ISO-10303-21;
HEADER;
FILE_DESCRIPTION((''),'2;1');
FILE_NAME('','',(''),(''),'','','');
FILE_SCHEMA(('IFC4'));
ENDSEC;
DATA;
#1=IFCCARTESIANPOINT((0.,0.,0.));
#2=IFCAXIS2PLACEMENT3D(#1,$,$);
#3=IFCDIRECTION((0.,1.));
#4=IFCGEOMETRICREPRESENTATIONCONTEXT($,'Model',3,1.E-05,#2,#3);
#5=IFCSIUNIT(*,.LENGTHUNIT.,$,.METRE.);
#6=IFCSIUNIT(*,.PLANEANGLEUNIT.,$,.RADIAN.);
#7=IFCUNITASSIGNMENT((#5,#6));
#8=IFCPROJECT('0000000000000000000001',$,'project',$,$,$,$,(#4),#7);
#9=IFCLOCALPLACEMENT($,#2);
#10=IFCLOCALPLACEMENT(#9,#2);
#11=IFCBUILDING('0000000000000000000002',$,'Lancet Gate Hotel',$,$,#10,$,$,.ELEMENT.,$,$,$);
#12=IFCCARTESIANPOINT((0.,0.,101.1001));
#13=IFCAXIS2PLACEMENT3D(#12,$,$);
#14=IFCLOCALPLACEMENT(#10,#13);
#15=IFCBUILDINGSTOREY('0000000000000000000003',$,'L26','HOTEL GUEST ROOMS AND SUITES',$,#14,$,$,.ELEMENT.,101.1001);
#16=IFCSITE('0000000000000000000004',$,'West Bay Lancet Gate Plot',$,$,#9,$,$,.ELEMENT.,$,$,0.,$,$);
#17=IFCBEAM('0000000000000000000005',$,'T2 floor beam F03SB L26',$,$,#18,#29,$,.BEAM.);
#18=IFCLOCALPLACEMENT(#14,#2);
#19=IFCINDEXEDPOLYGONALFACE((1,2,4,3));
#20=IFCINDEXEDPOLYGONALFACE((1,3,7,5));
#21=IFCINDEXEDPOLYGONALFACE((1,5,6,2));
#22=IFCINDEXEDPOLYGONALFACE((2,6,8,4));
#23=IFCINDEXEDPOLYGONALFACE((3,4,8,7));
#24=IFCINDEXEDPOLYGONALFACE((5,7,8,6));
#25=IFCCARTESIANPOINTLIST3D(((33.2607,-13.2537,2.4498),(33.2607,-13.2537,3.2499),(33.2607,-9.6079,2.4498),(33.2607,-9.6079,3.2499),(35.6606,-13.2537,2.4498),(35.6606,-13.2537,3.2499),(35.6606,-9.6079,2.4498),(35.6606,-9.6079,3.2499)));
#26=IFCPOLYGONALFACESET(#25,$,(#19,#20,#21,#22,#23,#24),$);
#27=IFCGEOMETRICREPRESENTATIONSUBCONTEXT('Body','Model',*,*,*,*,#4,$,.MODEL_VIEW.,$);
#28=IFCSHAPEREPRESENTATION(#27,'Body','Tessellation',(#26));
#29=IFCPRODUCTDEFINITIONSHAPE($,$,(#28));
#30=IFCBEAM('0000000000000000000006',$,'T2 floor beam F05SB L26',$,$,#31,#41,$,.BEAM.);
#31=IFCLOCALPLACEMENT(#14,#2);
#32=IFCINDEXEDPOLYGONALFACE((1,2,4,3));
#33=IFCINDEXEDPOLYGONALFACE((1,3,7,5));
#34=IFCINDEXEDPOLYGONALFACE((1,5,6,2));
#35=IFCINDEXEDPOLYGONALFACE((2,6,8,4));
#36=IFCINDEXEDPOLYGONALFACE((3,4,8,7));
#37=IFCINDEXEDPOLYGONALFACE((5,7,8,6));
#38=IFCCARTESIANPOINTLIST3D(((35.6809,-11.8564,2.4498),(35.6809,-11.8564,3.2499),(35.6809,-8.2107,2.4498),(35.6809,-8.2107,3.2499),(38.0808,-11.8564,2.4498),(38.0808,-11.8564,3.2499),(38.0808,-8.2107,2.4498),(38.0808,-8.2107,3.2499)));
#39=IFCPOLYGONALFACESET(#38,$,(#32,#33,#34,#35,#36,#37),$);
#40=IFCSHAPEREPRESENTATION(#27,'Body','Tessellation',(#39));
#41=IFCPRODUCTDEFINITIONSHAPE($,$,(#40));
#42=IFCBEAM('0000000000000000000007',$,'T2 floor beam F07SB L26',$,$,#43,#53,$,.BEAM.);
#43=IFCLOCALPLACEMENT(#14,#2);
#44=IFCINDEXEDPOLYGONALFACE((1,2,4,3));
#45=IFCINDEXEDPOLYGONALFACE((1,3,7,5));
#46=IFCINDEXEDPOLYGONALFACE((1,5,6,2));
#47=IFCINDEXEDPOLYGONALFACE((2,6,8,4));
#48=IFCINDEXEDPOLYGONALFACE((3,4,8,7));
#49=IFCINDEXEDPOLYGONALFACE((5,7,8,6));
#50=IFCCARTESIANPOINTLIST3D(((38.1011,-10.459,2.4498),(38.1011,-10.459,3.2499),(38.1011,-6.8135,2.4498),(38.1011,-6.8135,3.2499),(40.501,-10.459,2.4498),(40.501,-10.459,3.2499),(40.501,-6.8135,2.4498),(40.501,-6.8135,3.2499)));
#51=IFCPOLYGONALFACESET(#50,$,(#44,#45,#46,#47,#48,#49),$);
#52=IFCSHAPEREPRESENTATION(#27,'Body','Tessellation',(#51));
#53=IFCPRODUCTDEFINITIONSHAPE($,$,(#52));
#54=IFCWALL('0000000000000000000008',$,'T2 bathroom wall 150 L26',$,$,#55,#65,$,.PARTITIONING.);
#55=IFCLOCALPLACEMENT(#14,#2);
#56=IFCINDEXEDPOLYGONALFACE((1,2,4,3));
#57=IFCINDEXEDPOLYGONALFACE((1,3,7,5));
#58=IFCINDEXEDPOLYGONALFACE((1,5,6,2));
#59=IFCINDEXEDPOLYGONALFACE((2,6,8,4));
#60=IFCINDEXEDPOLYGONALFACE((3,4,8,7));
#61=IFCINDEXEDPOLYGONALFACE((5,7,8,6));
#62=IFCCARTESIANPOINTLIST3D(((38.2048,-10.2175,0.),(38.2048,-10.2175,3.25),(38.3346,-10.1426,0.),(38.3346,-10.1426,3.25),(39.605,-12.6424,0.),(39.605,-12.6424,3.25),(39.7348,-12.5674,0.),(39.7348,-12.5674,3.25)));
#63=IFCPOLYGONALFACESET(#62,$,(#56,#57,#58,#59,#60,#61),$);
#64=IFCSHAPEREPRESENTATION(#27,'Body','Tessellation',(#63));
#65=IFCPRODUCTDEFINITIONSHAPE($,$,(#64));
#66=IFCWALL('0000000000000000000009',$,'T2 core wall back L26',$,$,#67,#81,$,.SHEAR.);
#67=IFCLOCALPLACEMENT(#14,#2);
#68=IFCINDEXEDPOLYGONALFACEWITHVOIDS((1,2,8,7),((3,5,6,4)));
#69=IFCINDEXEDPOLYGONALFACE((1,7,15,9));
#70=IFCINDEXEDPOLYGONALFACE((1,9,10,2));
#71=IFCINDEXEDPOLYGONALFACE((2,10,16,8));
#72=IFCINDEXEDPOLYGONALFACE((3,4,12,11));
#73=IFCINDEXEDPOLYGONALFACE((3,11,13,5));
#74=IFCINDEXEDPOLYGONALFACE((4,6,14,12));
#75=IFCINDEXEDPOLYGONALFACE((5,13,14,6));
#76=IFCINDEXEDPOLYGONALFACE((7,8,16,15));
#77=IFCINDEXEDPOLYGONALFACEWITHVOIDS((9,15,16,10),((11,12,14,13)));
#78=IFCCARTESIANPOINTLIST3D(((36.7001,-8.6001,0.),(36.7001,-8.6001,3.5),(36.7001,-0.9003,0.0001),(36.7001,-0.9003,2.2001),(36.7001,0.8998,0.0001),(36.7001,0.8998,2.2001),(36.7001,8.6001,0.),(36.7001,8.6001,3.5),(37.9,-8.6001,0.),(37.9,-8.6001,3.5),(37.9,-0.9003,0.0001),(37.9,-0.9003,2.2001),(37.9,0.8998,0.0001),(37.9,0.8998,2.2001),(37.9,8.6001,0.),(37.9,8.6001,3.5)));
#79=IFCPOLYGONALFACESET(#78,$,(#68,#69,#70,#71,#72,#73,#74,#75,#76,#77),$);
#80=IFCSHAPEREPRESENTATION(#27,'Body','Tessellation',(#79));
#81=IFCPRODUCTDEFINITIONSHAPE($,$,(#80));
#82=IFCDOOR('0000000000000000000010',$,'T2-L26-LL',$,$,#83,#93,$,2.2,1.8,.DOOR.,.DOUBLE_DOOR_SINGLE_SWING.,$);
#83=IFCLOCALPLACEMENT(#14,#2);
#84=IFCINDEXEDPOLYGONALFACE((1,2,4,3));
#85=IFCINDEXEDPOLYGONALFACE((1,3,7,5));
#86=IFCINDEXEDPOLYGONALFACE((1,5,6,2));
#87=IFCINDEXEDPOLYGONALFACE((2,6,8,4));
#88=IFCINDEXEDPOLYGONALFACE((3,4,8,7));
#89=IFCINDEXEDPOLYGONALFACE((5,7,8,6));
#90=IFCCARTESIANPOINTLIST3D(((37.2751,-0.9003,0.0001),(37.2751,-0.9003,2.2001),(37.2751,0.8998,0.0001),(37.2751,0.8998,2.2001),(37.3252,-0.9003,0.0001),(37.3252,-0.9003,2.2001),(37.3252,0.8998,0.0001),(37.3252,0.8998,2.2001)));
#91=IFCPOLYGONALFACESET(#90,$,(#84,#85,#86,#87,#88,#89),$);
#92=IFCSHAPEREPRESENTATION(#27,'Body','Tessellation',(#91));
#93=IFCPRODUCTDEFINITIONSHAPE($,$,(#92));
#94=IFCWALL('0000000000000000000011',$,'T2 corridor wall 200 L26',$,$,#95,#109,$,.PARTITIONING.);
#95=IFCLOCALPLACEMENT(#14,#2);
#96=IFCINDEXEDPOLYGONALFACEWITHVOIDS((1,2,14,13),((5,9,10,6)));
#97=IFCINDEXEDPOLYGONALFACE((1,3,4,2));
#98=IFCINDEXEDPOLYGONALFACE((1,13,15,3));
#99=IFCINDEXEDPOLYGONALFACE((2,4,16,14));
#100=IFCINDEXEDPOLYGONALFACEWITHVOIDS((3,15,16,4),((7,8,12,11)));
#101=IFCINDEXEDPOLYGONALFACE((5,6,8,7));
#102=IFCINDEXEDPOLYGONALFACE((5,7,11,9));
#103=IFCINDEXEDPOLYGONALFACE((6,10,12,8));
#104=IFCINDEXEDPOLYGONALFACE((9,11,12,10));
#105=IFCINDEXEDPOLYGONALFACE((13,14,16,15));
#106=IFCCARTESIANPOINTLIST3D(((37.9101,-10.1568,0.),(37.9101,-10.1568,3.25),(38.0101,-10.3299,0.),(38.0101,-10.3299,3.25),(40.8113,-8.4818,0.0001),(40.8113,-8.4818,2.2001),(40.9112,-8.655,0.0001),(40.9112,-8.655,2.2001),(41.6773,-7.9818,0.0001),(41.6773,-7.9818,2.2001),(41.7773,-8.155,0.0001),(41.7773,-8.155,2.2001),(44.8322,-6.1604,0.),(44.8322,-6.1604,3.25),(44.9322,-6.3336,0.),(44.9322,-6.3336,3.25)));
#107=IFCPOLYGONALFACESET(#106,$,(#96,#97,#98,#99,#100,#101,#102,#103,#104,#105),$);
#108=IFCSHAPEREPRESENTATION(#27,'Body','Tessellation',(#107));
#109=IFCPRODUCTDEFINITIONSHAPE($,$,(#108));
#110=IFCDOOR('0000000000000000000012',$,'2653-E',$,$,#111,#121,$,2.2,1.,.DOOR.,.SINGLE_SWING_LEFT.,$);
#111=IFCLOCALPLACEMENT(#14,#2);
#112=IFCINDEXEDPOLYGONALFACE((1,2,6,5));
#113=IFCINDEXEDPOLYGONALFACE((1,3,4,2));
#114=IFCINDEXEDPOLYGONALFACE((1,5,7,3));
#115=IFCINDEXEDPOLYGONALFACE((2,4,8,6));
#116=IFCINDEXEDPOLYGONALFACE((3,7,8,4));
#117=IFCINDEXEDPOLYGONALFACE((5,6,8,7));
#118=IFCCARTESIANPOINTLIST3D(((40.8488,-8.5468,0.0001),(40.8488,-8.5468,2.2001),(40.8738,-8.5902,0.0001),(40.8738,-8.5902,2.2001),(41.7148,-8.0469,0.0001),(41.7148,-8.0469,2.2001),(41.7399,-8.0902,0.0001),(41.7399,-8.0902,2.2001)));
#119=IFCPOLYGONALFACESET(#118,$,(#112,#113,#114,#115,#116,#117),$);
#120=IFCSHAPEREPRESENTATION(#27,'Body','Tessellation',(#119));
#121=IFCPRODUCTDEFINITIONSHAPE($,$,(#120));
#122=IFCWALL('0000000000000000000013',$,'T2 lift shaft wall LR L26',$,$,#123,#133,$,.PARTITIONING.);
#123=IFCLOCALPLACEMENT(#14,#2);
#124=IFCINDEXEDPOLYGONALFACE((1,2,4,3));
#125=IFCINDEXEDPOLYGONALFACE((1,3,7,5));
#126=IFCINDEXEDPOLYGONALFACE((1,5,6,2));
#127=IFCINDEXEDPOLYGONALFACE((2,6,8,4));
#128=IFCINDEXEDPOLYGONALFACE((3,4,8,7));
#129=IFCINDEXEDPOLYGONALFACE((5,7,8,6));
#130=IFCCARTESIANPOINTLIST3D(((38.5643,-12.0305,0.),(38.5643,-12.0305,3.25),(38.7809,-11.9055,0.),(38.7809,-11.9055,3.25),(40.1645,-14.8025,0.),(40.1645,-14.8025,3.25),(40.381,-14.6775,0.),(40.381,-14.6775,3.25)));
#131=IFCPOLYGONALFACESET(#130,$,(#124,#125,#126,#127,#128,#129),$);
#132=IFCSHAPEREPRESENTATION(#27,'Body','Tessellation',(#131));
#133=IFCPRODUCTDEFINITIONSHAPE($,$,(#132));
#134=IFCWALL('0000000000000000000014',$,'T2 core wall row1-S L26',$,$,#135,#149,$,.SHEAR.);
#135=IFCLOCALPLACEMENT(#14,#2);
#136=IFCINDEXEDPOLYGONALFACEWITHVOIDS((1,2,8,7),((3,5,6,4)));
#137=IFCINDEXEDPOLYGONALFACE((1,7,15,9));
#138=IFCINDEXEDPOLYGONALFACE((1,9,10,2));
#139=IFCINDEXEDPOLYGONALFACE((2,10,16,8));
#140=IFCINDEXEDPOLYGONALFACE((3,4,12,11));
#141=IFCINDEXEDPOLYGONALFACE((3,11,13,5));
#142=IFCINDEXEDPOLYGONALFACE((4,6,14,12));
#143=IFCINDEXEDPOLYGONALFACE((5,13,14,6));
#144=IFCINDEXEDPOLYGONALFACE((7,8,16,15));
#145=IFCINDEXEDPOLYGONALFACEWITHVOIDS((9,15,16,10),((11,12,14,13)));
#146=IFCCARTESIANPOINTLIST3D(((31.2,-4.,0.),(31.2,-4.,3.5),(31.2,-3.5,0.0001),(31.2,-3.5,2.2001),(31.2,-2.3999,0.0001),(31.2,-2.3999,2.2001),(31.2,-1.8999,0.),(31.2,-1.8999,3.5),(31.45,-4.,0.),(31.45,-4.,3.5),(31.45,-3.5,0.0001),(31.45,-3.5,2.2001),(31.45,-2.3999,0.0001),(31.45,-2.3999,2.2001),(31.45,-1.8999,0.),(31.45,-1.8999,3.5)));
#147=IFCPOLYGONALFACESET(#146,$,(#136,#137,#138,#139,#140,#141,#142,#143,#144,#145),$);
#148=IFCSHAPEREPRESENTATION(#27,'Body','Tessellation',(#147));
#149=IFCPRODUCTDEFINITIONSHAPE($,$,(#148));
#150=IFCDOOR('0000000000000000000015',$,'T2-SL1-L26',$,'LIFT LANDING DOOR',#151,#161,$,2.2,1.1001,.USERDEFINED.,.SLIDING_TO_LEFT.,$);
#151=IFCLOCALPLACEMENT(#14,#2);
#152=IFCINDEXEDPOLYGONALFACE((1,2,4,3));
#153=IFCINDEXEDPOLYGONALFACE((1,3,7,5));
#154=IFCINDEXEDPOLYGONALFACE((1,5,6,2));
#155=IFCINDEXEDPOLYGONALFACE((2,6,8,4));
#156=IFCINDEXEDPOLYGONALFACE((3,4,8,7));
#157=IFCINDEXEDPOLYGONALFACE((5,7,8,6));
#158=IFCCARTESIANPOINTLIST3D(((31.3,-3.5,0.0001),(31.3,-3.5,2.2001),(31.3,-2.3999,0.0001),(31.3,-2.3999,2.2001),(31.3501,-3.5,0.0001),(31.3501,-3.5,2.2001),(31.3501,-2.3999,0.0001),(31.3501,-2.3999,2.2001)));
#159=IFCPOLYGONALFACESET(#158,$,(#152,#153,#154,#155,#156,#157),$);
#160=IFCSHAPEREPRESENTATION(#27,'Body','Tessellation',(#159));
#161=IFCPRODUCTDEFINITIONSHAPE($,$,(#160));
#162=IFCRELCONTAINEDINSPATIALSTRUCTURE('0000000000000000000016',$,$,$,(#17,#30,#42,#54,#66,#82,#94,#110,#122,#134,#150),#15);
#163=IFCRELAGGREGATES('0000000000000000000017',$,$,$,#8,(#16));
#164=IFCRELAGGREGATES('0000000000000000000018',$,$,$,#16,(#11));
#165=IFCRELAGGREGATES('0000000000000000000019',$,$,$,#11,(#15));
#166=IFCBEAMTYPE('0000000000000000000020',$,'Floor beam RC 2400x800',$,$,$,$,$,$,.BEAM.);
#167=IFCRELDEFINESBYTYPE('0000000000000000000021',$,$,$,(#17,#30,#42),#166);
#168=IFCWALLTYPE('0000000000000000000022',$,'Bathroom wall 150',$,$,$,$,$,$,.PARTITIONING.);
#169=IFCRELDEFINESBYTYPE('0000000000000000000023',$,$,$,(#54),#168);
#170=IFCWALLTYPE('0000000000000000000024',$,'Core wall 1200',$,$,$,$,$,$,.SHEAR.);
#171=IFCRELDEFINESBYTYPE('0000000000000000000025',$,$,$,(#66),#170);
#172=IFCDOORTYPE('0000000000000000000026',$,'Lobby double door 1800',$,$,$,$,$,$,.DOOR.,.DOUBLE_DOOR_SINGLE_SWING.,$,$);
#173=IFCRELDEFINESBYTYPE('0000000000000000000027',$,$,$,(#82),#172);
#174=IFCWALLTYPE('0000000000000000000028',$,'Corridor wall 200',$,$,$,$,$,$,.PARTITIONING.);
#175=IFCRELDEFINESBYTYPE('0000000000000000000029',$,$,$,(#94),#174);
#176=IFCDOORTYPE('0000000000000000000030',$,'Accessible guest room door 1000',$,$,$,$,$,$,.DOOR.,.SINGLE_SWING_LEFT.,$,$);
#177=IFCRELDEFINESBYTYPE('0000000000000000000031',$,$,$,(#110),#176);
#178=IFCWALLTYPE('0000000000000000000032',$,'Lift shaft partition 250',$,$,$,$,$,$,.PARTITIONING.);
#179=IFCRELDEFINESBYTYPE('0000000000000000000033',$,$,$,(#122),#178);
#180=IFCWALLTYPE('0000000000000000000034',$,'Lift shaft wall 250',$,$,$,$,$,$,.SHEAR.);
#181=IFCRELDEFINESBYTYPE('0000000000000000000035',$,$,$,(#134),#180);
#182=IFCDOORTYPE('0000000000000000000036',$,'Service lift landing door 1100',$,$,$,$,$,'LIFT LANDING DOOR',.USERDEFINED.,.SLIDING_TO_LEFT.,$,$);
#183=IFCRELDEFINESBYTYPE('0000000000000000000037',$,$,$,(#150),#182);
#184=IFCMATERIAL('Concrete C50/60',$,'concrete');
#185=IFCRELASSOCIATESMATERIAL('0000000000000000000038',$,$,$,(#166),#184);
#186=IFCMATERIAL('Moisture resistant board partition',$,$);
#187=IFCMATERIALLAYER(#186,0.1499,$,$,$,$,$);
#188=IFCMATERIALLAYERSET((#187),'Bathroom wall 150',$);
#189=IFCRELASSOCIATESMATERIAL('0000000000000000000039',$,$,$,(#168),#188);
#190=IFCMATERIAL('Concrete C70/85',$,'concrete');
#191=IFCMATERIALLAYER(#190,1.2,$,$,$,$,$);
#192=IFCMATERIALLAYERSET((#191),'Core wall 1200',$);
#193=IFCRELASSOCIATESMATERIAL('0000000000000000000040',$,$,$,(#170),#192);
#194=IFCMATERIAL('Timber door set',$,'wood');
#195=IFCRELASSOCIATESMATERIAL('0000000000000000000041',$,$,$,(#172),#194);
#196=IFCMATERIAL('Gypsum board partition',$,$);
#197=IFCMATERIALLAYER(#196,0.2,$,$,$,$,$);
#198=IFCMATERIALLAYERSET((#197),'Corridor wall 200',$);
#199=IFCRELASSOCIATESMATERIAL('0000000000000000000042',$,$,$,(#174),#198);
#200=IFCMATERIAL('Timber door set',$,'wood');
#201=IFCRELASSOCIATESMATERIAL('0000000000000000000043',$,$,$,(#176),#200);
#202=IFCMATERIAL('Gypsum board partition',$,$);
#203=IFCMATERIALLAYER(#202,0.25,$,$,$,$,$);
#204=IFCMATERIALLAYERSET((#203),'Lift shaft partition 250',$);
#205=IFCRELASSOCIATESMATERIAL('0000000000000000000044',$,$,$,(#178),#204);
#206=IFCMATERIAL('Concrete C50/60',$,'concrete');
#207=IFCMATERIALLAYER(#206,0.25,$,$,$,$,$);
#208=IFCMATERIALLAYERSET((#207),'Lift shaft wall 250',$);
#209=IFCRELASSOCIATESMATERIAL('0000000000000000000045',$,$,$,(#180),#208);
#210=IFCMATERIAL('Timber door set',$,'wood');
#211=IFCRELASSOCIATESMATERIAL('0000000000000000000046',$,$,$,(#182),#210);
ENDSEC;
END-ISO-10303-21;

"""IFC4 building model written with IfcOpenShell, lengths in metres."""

from ifc_helpers import new_model, si_unit, direction, frame, frame_2d, origin, origin_2d, place, context, subcontext, project, spatial, rectangle, extrude, material, layer, layer_set, material_profile, profile_set, type_object, element, fill, save


model = new_model("IFC4")

# Units and contexts
model_context = context("Model", 3, precision=1e-05, world=origin(), true_north=direction((0.0, 1.0)))
body_context = subcontext(model_context, "Body", "Model", "MODEL_VIEW")
ifc_project = project(units=[si_unit("LENGTHUNIT", "METRE"), si_unit("PLANEANGLEUNIT", "RADIAN")], contexts=[model_context])

# Site, building, storey
site_placement = place(None, origin())
site = spatial("IfcSite", under=ifc_project, at=site_placement, Name="West Bay Lancet Gate Plot", CompositionType="ELEMENT", RefElevation=0.0)
building_placement = place(site_placement, origin())
building = spatial("IfcBuilding", under=site, at=building_placement, Name="Lancet Gate Hotel", CompositionType="ELEMENT")
storey_placement = place(building_placement, frame((0.0, 0.0, 101.1001)))
storey = spatial("IfcBuildingStorey", under=building, at=storey_placement, Name="L26", Description="HOTEL GUEST ROOMS AND SUITES", CompositionType="ELEMENT", Elevation=101.1001)

# Beams
ifc_material_1 = material(Name="Concrete C50/60", Category="concrete")
ifc_material_profile = material_profile(ifc_material_1, rectangle(XDim=2.3999, YDim=0.8, at=origin_2d()), Name="RC 2400x800")
ifc_profile_set = profile_set([ifc_material_profile], Name="Concrete C50/60")
beam_type = type_object("IfcBeamType", Name="Floor beam RC 2400x800", PredefinedType="BEAM", material=ifc_profile_set)
for number, where, z_axis, x_axis, name in (
    (1, (34.4607, -13.2537, 2.8499), (0.0, 1.0, 0.0), (-1.0, 0.0, 0.0), "T2 floor beam F03SB L26"),
    (2, (36.8809, -11.8564, 2.8499), (0.0, 1.0, 0.0), (-1.0, 0.0, 0.0), "T2 floor beam F05SB L26"),
):
    element("IfcBeam", number, at=place(storey_placement, frame(where, z_axis=z_axis, x_axis=x_axis)), inside=storey, type_object=beam_type, Name=name, PredefinedType="BEAM", context=body_context, shape_type="SweptSolid", body=[
        extrude(rectangle(XDim=2.3999, YDim=0.8, at=origin_2d()), origin(), (0.0, 0.0, 1.0), 3.6458),
    ])
beam_placement = place(storey_placement, frame((39.301, -10.459, 2.8499), z_axis=(0.0, 1.0, 0.0), x_axis=(-1.0, 0.0, 0.0)))
element("IfcBeam", 3, at=beam_placement, inside=storey, type_object=beam_type, Name="T2 floor beam F07SB L26", PredefinedType="BEAM", context=body_context, shape_type="SweptSolid", body=[
    extrude(rectangle(XDim=2.3999, YDim=0.8, at=origin_2d()), origin(), (0.0, 0.0, 1.0), 3.6455),
])

# Wall
ifc_material_2 = material(Name="Moisture resistant board partition")
ifc_layer_1 = layer(ifc_material_2, 0.1499)
ifc_layer_set_1 = layer_set([ifc_layer_1], Name="Bathroom wall 150")
wall_type_1 = type_object("IfcWallType", Name="Bathroom wall 150", PredefinedType="PARTITIONING", material=ifc_layer_set_1)
wall_1_placement = place(storey_placement, frame((38.2698, -10.1802, 0.0), z_axis=(0.0, 0.0, 1.0), x_axis=(0.50005, -0.865997, 0.0)))
element("IfcWall", 4, at=wall_1_placement, inside=storey, type_object=wall_type_1, Name="T2 bathroom wall 150 L26", PredefinedType="PARTITIONING", context=body_context, shape_type="SweptSolid", body=[
    extrude(rectangle(XDim=2.8, YDim=0.1499, at=frame_2d((1.3999, 0.0))), origin(), (0.0, 0.0, 1.0), 3.25),
])

# Walls, openings, doors
ifc_material_3 = material(Name="Concrete C70/85", Category="concrete")
ifc_layer_2 = layer(ifc_material_3, 1.2)
ifc_layer_set_2 = layer_set([ifc_layer_2], Name="Core wall 1200")
wall_type_2 = type_object("IfcWallType", Name="Core wall 1200", PredefinedType="SHEAR", material=ifc_layer_set_2)
wall_2_placement = place(storey_placement, frame((37.3, -8.6001, 0.0), z_axis=(0.0, 0.0, 1.0), x_axis=(0.0, 1.0, 0.0)))
wall_2 = element("IfcWall", 5, at=wall_2_placement, inside=storey, type_object=wall_type_2, Name="T2 core wall back L26", PredefinedType="SHEAR", context=body_context, shape_type="SweptSolid", body=[
    extrude(rectangle(XDim=17.2002, YDim=1.2, at=frame_2d((8.6001, 0.0))), origin(), (0.0, 0.0, 1.0), 3.5),
])
opening_1_placement = place(wall_2_placement, frame((7.7, 0.0, 0.0)))
opening_1 = element("IfcOpeningElement", 6, at=opening_1_placement, cuts=wall_2, PredefinedType="OPENING", context=body_context, shape_type="SweptSolid", body=[
    extrude(rectangle(XDim=1.8, YDim=2.2, at=frame_2d((0.8999, 1.1001))), frame((0.0, 0.6099, 0.0), z_axis=(0.0, -1.0, 0.0), x_axis=(1.0, 0.0, 0.0)), (0.0, 0.0, 1.0), 1.22),
])
ifc_material_4 = material(Name="Timber door set", Category="wood")
door_type_1 = type_object("IfcDoorType", Name="Lobby double door 1800", OperationType="DOUBLE_DOOR_SINGLE_SWING", PredefinedType="DOOR", material=ifc_material_4)
door_1_placement = place(opening_1_placement, origin())
door_1 = element("IfcDoor", 7, at=door_1_placement, inside=storey, type_object=door_type_1, Name="T2-L26-LL", OperationType="DOUBLE_DOOR_SINGLE_SWING", OverallHeight=2.2, OverallWidth=1.8, PredefinedType="DOOR", context=body_context, shape_type="SweptSolid", body=[
    extrude(rectangle(XDim=1.8, YDim=2.2, at=frame_2d((0.8999, 1.1001))), frame((0.0, 0.0249, 0.0), z_axis=(0.0, -1.0, 0.0), x_axis=(1.0, 0.0, 0.0)), (0.0, 0.0, 1.0), 0.05),
])
fill(opening_1, door_1)
ifc_material_5 = material(Name="Gypsum board partition")
ifc_layer_3 = layer(ifc_material_5, 0.2)
ifc_layer_set_3 = layer_set([ifc_layer_3], Name="Corridor wall 200")
wall_type_3 = type_object("IfcWallType", Name="Corridor wall 200", PredefinedType="PARTITIONING", material=ifc_layer_set_3)
wall_3_placement = place(storey_placement, frame((37.96, -10.2434, 0.0), z_axis=(0.0, 0.0, 1.0), x_axis=(0.866034, 0.499986, 0.0)))
wall_3 = element("IfcWall", 8, at=wall_3_placement, inside=storey, type_object=wall_type_3, Name="T2 corridor wall 200 L26", PredefinedType="PARTITIONING", context=body_context, shape_type="SweptSolid", body=[
    extrude(rectangle(XDim=7.9929, YDim=0.2, at=frame_2d((3.9966, 0.0))), origin(), (0.0, 0.0, 1.0), 3.25),
])
opening_2_placement = place(wall_3_placement, frame((3.3501, 0.0, 0.0)))
opening_2 = element("IfcOpeningElement", 9, at=opening_2_placement, cuts=wall_3, PredefinedType="OPENING", context=body_context, shape_type="SweptSolid", body=[
    extrude(rectangle(XDim=1.0, YDim=2.2, at=frame_2d((0.5, 1.1001))), frame((0.0, 0.1099, 0.0), z_axis=(0.0, -1.0, 0.0), x_axis=(1.0, 0.0, 0.0)), (0.0, 0.0, 1.0), 0.22),
])
ifc_material_6 = material(Name="Timber door set", Category="wood")
door_type_2 = type_object("IfcDoorType", Name="Accessible guest room door 1000", OperationType="SINGLE_SWING_LEFT", PredefinedType="DOOR", material=ifc_material_6)
door_2_placement = place(opening_2_placement, origin())
door_2 = element("IfcDoor", 10, at=door_2_placement, inside=storey, type_object=door_type_2, Name="2653-E", OperationType="SINGLE_SWING_LEFT", OverallHeight=2.2, OverallWidth=1.0, PredefinedType="DOOR", context=body_context, shape_type="SweptSolid", body=[
    extrude(rectangle(XDim=1.0, YDim=2.2, at=frame_2d((0.5, 1.1001))), frame((0.0, 0.0249, 0.0), z_axis=(0.0, -1.0, 0.0), x_axis=(1.0, 0.0, 0.0)), (0.0, 0.0, 1.0), 0.05),
])
fill(opening_2, door_2)

# Wall
ifc_material_7 = material(Name="Gypsum board partition")
ifc_layer_4 = layer(ifc_material_7, 0.25)
ifc_layer_set_4 = layer_set([ifc_layer_4], Name="Lift shaft partition 250")
wall_type_4 = type_object("IfcWallType", Name="Lift shaft partition 250", PredefinedType="PARTITIONING", material=ifc_layer_set_4)
wall_4_placement = place(storey_placement, frame((38.6726, -11.968, 0.0), z_axis=(0.0, 0.0, 1.0), x_axis=(0.499929, -0.866066, 0.0)))
element("IfcWall", 11, at=wall_4_placement, inside=storey, type_object=wall_type_4, Name="T2 lift shaft wall LR L26", PredefinedType="PARTITIONING", context=body_context, shape_type="SweptSolid", body=[
    extrude(rectangle(XDim=3.2007, YDim=0.25, at=frame_2d((1.6003, 0.0))), origin(), (0.0, 0.0, 1.0), 3.25),
])

# Wall, opening, door
ifc_material_8 = material(Name="Concrete C50/60", Category="concrete")
ifc_layer_5 = layer(ifc_material_8, 0.25)
ifc_layer_set_5 = layer_set([ifc_layer_5], Name="Lift shaft wall 250")
wall_type_5 = type_object("IfcWallType", Name="Lift shaft wall 250", PredefinedType="SHEAR", material=ifc_layer_set_5)
wall_5_placement = place(storey_placement, frame((31.325, -4.0, 0.0), z_axis=(0.0, 0.0, 1.0), x_axis=(0.0, 1.0, 0.0)))
wall_5 = element("IfcWall", 12, at=wall_5_placement, inside=storey, type_object=wall_type_5, Name="T2 core wall row1-S L26", PredefinedType="SHEAR", context=body_context, shape_type="SweptSolid", body=[
    extrude(rectangle(XDim=2.1001, YDim=0.25, at=frame_2d((1.05, 0.0))), origin(), (0.0, 0.0, 1.0), 3.5),
])
opening_3_placement = place(wall_5_placement, frame((0.5, 0.0, 0.0)))
opening_3 = element("IfcOpeningElement", 13, at=opening_3_placement, cuts=wall_5, PredefinedType="OPENING", context=body_context, shape_type="SweptSolid", body=[
    extrude(rectangle(XDim=1.1001, YDim=2.2, at=frame_2d((0.55, 1.1001))), frame((0.0, 0.135, 0.0), z_axis=(0.0, -1.0, 0.0), x_axis=(1.0, 0.0, 0.0)), (0.0, 0.0, 1.0), 0.27),
])
ifc_material_9 = material(Name="Timber door set", Category="wood")
door_type_3 = type_object("IfcDoorType", Name="Service lift landing door 1100", ElementType="LIFT LANDING DOOR", OperationType="SLIDING_TO_LEFT", PredefinedType="USERDEFINED", material=ifc_material_9)
door_3_placement = place(opening_3_placement, origin())
door_3 = element("IfcDoor", 14, at=door_3_placement, inside=storey, type_object=door_type_3, Name="T2-SL1-L26", ObjectType="LIFT LANDING DOOR", OperationType="SLIDING_TO_LEFT", OverallHeight=2.2, OverallWidth=1.1001, PredefinedType="USERDEFINED", context=body_context, shape_type="SweptSolid", body=[
    extrude(rectangle(XDim=1.1001, YDim=2.2, at=frame_2d((0.55, 1.1001))), frame((0.0, 0.0249, 0.0), z_axis=(0.0, -1.0, 0.0), x_axis=(1.0, 0.0, 0.0)), (0.0, 0.0, 1.0), 0.05),
])
fill(opening_3, door_3)

save(model, "model.ifc")
